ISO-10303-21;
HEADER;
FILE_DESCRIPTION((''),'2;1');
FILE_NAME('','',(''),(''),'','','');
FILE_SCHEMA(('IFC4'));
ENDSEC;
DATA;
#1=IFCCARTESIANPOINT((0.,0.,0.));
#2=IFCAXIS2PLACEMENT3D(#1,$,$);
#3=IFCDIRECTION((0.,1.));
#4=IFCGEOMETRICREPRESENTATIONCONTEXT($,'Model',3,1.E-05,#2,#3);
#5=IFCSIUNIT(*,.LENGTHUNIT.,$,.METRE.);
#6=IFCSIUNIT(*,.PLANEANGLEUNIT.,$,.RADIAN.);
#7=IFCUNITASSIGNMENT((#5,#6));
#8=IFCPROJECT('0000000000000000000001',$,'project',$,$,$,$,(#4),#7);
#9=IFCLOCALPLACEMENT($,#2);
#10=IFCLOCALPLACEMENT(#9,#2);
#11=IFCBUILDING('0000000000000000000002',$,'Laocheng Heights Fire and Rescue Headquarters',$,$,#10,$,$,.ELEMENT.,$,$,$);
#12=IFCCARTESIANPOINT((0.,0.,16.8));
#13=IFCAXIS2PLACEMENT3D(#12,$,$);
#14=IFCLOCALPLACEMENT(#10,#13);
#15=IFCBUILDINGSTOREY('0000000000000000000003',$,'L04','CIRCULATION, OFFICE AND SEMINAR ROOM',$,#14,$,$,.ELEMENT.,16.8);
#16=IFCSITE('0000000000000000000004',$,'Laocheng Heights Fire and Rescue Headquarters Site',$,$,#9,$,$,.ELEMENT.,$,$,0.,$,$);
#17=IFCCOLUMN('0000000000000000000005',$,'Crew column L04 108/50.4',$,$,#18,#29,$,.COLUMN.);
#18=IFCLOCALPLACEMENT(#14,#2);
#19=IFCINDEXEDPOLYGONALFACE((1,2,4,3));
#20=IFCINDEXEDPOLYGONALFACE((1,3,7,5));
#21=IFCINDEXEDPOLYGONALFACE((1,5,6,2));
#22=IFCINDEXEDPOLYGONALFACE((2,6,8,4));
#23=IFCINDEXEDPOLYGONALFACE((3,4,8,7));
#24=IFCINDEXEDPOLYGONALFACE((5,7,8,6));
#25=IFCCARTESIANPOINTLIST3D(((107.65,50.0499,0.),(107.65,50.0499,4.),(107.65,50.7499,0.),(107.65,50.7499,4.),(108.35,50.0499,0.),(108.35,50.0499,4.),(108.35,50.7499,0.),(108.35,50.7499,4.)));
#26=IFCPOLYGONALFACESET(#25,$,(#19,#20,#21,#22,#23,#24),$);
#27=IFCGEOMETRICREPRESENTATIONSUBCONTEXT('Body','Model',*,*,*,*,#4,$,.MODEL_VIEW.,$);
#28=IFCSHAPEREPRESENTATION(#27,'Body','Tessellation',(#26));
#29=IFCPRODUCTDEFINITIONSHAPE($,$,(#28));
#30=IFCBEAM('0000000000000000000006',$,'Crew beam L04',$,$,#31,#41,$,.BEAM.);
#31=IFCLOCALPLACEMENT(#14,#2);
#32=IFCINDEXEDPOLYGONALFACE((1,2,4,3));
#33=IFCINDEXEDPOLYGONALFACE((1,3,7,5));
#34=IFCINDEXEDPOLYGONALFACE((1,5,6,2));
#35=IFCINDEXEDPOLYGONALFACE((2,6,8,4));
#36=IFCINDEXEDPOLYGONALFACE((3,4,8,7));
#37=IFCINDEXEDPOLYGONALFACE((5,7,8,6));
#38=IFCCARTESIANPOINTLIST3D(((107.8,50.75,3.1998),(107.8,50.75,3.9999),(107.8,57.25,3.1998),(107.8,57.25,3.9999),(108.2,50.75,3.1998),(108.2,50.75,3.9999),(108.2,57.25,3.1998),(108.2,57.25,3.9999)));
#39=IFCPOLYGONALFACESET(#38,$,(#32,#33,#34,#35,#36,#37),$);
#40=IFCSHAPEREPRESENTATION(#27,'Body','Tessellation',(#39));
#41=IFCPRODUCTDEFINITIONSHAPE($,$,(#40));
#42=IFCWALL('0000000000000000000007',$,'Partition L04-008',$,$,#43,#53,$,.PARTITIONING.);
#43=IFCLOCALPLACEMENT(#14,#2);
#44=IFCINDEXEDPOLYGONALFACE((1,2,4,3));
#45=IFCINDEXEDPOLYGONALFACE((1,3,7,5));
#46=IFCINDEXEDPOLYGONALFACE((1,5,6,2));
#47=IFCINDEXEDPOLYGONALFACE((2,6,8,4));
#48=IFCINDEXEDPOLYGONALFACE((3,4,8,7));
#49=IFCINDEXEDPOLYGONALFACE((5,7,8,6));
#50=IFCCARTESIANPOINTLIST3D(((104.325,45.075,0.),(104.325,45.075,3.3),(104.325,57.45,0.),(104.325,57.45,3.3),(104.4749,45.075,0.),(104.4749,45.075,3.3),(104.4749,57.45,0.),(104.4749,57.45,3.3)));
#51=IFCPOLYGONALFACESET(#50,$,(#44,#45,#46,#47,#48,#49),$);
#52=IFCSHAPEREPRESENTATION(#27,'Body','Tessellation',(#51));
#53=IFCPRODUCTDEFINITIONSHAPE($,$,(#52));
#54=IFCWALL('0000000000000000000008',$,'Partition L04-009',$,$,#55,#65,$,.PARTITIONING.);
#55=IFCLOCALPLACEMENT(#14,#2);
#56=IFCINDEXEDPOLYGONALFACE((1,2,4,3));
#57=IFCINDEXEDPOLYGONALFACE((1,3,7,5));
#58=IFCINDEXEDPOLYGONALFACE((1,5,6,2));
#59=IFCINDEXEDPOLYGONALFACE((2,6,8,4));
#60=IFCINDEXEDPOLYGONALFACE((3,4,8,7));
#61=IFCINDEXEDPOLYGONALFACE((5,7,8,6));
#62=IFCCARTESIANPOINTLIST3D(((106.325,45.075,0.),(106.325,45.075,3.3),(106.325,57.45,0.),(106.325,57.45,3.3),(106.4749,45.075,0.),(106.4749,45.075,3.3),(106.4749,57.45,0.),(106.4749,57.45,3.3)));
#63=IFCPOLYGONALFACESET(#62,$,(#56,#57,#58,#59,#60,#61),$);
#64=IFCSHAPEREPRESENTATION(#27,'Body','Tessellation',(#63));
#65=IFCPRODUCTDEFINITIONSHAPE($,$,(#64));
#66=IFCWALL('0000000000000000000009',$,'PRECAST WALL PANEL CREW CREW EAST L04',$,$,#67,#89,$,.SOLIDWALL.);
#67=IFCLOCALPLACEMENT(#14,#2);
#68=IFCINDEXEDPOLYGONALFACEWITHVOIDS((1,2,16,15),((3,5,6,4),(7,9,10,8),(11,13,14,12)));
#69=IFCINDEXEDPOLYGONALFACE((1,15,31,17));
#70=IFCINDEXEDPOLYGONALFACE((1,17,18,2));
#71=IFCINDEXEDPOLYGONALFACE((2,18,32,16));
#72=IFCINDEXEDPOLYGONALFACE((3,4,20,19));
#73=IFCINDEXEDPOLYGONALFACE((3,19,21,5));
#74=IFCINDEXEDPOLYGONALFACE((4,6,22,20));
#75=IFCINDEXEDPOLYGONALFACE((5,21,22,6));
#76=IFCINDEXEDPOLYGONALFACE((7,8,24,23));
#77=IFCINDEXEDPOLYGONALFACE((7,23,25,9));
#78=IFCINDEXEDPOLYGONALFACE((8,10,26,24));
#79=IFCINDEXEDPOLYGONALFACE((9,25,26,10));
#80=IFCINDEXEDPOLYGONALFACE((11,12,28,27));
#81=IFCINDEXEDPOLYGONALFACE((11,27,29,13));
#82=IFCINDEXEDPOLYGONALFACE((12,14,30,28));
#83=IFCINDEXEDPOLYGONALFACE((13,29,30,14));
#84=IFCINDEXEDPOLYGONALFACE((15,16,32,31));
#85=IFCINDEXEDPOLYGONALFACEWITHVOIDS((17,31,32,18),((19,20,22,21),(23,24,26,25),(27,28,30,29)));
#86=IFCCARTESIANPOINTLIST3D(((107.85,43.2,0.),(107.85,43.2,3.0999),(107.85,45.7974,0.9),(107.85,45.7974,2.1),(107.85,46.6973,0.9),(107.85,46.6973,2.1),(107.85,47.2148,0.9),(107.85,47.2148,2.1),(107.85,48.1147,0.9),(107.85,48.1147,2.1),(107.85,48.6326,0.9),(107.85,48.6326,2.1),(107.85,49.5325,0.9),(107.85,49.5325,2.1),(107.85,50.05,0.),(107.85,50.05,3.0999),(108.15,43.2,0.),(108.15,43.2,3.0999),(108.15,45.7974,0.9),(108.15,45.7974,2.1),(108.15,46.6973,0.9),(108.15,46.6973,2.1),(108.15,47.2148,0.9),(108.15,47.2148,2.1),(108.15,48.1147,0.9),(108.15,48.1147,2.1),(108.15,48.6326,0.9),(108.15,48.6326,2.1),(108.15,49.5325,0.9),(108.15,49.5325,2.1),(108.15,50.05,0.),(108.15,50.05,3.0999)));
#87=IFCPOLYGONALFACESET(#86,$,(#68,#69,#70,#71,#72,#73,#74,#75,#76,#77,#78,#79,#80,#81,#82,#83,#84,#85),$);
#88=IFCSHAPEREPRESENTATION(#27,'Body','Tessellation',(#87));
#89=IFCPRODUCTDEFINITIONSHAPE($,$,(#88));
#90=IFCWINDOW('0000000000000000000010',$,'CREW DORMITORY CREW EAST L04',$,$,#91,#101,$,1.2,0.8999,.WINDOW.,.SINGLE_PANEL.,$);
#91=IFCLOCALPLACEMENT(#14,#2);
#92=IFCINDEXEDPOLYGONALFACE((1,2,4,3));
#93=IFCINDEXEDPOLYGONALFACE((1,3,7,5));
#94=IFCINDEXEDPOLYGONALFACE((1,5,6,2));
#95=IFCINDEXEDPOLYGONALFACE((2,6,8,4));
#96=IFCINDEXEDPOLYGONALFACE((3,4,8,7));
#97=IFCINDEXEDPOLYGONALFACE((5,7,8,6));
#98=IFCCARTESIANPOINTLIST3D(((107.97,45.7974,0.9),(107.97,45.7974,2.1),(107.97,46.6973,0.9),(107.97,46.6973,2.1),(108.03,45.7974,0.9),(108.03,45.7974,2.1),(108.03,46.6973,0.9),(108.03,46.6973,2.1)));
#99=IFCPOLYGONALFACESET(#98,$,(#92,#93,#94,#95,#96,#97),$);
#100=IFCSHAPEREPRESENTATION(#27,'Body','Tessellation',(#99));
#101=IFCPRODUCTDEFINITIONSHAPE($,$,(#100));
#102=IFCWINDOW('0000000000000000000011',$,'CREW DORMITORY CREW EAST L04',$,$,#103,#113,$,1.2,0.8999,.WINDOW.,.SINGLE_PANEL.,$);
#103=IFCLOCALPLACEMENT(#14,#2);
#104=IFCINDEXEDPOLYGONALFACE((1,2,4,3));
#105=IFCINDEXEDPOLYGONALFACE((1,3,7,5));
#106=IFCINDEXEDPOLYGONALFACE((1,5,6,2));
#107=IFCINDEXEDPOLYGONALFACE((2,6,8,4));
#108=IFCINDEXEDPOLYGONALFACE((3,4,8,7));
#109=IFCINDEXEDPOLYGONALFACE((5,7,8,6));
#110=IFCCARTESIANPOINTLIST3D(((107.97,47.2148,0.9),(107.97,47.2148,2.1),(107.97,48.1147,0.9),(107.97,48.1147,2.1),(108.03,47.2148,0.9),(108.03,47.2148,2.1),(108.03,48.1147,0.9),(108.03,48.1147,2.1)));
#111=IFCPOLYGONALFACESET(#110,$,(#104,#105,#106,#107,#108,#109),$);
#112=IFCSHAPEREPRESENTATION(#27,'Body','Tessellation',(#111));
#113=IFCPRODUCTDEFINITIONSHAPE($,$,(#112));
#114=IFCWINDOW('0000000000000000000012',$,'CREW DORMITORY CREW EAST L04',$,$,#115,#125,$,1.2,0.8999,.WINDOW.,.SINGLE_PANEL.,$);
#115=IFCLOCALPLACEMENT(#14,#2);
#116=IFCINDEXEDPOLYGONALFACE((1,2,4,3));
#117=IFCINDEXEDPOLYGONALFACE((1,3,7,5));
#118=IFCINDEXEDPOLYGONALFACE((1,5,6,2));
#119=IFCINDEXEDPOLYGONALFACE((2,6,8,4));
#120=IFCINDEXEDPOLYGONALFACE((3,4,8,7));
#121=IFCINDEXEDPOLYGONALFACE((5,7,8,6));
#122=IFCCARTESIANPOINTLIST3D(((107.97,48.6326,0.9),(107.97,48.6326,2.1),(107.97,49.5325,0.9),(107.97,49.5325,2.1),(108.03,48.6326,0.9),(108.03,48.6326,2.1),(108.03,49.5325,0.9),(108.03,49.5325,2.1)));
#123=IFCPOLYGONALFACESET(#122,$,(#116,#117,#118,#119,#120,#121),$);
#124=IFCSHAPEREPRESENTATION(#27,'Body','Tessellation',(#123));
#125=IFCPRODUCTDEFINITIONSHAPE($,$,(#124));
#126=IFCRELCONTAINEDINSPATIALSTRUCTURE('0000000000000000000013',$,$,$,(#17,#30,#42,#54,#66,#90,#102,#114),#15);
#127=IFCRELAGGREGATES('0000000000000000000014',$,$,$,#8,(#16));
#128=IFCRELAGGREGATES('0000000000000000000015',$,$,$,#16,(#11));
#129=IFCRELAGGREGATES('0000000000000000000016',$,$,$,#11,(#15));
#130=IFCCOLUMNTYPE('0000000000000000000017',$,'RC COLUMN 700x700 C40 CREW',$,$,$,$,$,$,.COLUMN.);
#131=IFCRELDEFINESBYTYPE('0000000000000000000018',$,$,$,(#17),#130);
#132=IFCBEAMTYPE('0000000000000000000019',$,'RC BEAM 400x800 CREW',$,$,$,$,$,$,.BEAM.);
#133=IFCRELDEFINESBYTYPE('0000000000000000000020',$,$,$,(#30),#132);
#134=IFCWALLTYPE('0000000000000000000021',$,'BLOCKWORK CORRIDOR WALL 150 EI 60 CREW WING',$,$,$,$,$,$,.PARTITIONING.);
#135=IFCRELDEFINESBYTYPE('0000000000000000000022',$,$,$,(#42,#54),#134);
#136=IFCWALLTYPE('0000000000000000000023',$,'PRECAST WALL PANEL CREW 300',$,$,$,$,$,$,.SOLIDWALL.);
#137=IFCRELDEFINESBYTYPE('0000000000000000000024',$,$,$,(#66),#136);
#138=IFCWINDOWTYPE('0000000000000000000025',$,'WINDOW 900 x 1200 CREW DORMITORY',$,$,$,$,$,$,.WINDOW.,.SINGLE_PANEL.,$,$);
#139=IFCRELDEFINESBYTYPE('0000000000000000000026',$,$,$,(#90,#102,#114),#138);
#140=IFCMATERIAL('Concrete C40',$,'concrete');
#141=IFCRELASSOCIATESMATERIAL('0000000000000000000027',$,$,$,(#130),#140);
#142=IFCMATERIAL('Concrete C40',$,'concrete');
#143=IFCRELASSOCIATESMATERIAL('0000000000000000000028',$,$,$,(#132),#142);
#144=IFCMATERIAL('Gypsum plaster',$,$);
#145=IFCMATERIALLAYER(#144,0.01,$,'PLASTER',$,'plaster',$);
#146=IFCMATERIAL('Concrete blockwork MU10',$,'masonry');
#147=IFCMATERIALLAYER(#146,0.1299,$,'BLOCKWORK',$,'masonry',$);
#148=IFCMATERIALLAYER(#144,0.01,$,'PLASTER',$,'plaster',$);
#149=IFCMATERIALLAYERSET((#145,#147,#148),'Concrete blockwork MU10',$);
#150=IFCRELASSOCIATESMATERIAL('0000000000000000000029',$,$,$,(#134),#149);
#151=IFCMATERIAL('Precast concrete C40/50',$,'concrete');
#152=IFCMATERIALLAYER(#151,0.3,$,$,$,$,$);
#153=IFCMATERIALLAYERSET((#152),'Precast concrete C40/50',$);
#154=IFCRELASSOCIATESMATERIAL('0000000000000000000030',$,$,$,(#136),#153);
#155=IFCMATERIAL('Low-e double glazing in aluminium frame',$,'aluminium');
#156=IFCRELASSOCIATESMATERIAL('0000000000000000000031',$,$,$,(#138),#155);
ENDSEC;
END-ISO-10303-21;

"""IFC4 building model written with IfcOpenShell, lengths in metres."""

from ifc_helpers import new_model, si_unit, direction, frame, frame_2d, origin, origin_2d, place, context, subcontext, project, spatial, rectangle, extrude, material, layer, layer_set, material_profile, profile_set, type_object, element, fill, save


model = new_model("IFC4")

# Units and contexts
model_context = context("Model", 3, precision=1e-05, world=origin(), true_north=direction((0.0, 1.0)))
body_context = subcontext(model_context, "Body", "Model", "MODEL_VIEW")
ifc_project = project(units=[si_unit("LENGTHUNIT", "METRE"), si_unit("PLANEANGLEUNIT", "RADIAN")], contexts=[model_context])

# Site, building, storey
site_placement = place(None, origin())
site = spatial("IfcSite", under=ifc_project, at=site_placement, Name="Laocheng Heights Fire and Rescue Headquarters Site", CompositionType="ELEMENT", RefElevation=0.0)
building_placement = place(site_placement, origin())
building = spatial("IfcBuilding", under=site, at=building_placement, Name="Laocheng Heights Fire and Rescue Headquarters", CompositionType="ELEMENT")
storey_placement = place(building_placement, frame((0.0, 0.0, 16.8)))
storey = spatial("IfcBuildingStorey", under=building, at=storey_placement, Name="L04", Description="CIRCULATION, OFFICE AND SEMINAR ROOM", CompositionType="ELEMENT", Elevation=16.8)

# Column
ifc_material_1 = material(Name="Concrete C40", Category="concrete")
ifc_material_profile_1 = material_profile(ifc_material_1, rectangle(XDim=0.7, YDim=0.7, at=origin_2d()), Name="RC COLUMN 700x700 C40 CREW")
ifc_profile_set_1 = profile_set([ifc_material_profile_1], Name="Concrete C40")
column_type = type_object("IfcColumnType", Name="RC COLUMN 700x700 C40 CREW", PredefinedType="COLUMN", material=ifc_profile_set_1)
column_placement = place(storey_placement, frame((108.0, 50.3999, 0.0), z_axis=(0.0, 0.0, 1.0), x_axis=(1.0, 0.0, 0.0)))
element("IfcColumn", 1, at=column_placement, inside=storey, type_object=column_type, Name="Crew column L04 108/50.4", PredefinedType="COLUMN", context=body_context, shape_type="SweptSolid", body=[
    extrude(rectangle(XDim=0.7, YDim=0.7, at=origin_2d()), origin(), (0.0, 0.0, 1.0), 4.0),
])

# Beam
ifc_material_2 = material(Name="Concrete C40", Category="concrete")
ifc_material_profile_2 = material_profile(ifc_material_2, rectangle(XDim=0.3999, YDim=0.8, at=origin_2d()), Name="RC BEAM 400x800 CREW")
ifc_profile_set_2 = profile_set([ifc_material_profile_2], Name="Concrete C40")
beam_type = type_object("IfcBeamType", Name="RC BEAM 400x800 CREW", PredefinedType="BEAM", material=ifc_profile_set_2)
beam_placement = place(storey_placement, frame((108.0, 50.75, 3.5999), z_axis=(0.0, 1.0, 0.0), x_axis=(-1.0, 0.0, 0.0)))
element("IfcBeam", 2, at=beam_placement, inside=storey, type_object=beam_type, Name="Crew beam L04", PredefinedType="BEAM", context=body_context, shape_type="SweptSolid", body=[
    extrude(rectangle(XDim=0.3999, YDim=0.8, at=origin_2d()), origin(), (0.0, 0.0, 1.0), 6.5),
])

# Walls
ifc_material_3 = material(Name="Gypsum plaster")
ifc_layer_1 = layer(ifc_material_3, 0.01, Name="PLASTER", Category="plaster")
ifc_material_4 = material(Name="Concrete blockwork MU10", Category="masonry")
ifc_layer_2 = layer(ifc_material_4, 0.1299, Name="BLOCKWORK", Category="masonry")
ifc_layer_3 = layer(ifc_material_3, 0.01, Name="PLASTER", Category="plaster")
ifc_layer_set_1 = layer_set([ifc_layer_1, ifc_layer_2, ifc_layer_3], Name="Concrete blockwork MU10")
wall_type_1 = type_object("IfcWallType", Name="BLOCKWORK CORRIDOR WALL 150 EI 60 CREW WING", PredefinedType="PARTITIONING", material=ifc_layer_set_1)
for number, where, z_axis, x_axis, name in (
    (3, (104.3999, 45.075, 0.0), (0.0, 0.0, 1.0), (0.0, 1.0, 0.0), "Partition L04-008"),
    (4, (106.3999, 45.075, 0.0), (0.0, 0.0, 1.0), (0.0, 1.0, 0.0), "Partition L04-009"),
):
    element("IfcWall", number, at=place(storey_placement, frame(where, z_axis=z_axis, x_axis=x_axis)), inside=storey, type_object=wall_type_1, Name=name, PredefinedType="PARTITIONING", context=body_context, shape_type="SweptSolid", body=[
        extrude(rectangle(XDim=12.375, YDim=0.1499, at=frame_2d((6.1875, 0.0))), origin(), (0.0, 0.0, 1.0), 3.3),
    ])

# Wall, openings, windows
ifc_material_5 = material(Name="Precast concrete C40/50", Category="concrete")
ifc_layer_4 = layer(ifc_material_5, 0.3)
ifc_layer_set_2 = layer_set([ifc_layer_4], Name="Precast concrete C40/50")
wall_type_2 = type_object("IfcWallType", Name="PRECAST WALL PANEL CREW 300", PredefinedType="SOLIDWALL", material=ifc_layer_set_2)
wall_1_placement = place(storey_placement, frame((108.0, 43.2, 0.0), z_axis=(0.0, 0.0, 1.0), x_axis=(0.0, 1.0, 0.0)))
wall_1 = element("IfcWall", 5, at=wall_1_placement, inside=storey, type_object=wall_type_2, Name="PRECAST WALL PANEL CREW CREW EAST L04", PredefinedType="SOLIDWALL", context=body_context, shape_type="SweptSolid", body=[
    extrude(rectangle(XDim=6.8501, YDim=0.3, at=frame_2d((3.425, 0.0))), origin(), (0.0, 0.0, 1.0), 3.0999),
])
opening_1_placement = place(wall_1_placement, frame((2.5974, 0.0, 0.8999)))
opening_1 = element("IfcOpeningElement", 6, at=opening_1_placement, cuts=wall_1, PredefinedType="OPENING", context=body_context, shape_type="SweptSolid", body=[
    extrude(rectangle(XDim=0.8999, YDim=1.2, at=frame_2d((0.45, 0.6001))), frame((0.0, 0.1599, 0.0), z_axis=(0.0, -1.0, 0.0), x_axis=(1.0, 0.0, 0.0)), (0.0, 0.0, 1.0), 0.3201),
])
opening_2_placement = place(wall_1_placement, frame((4.0149, 0.0, 0.8999)))
opening_2 = element("IfcOpeningElement", 7, at=opening_2_placement, cuts=wall_1, PredefinedType="OPENING", context=body_context, shape_type="SweptSolid", body=[
    extrude(rectangle(XDim=0.8999, YDim=1.2, at=frame_2d((0.45, 0.6001))), frame((0.0, 0.1599, 0.0), z_axis=(0.0, -1.0, 0.0), x_axis=(1.0, 0.0, 0.0)), (0.0, 0.0, 1.0), 0.3201),
])
opening_3_placement = place(wall_1_placement, frame((5.4326, 0.0, 0.8999)))
opening_3 = element("IfcOpeningElement", 8, at=opening_3_placement, cuts=wall_1, PredefinedType="OPENING", context=body_context, shape_type="SweptSolid", body=[
    extrude(rectangle(XDim=0.8999, YDim=1.2, at=frame_2d((0.45, 0.6001))), frame((0.0, 0.1599, 0.0), z_axis=(0.0, -1.0, 0.0), x_axis=(1.0, 0.0, 0.0)), (0.0, 0.0, 1.0), 0.3201),
])
ifc_material_6 = material(Name="Low-e double glazing in aluminium frame", Category="aluminium")
window_type = type_object("IfcWindowType", Name="WINDOW 900 x 1200 CREW DORMITORY", PartitioningType="SINGLE_PANEL", PredefinedType="WINDOW", material=ifc_material_6)
window_1_placement = place(opening_1_placement, origin())
window_1 = element("IfcWindow", 9, at=window_1_placement, inside=storey, type_object=window_type, Name="CREW DORMITORY CREW EAST L04", OverallHeight=1.2, OverallWidth=0.8999, PartitioningType="SINGLE_PANEL", PredefinedType="WINDOW", context=body_context, shape_type="SweptSolid", body=[
    extrude(rectangle(XDim=0.8999, YDim=1.2, at=frame_2d((0.45, 0.6001))), frame((0.0, 0.03, 0.0), z_axis=(0.0, -1.0, 0.0), x_axis=(1.0, 0.0, 0.0)), (0.0, 0.0, 1.0), 0.0601),
])
fill(opening_1, window_1)
window_2_placement = place(opening_2_placement, origin())
window_2 = element("IfcWindow", 10, at=window_2_placement, inside=storey, type_object=window_type, Name="CREW DORMITORY CREW EAST L04", OverallHeight=1.2, OverallWidth=0.8999, PartitioningType="SINGLE_PANEL", PredefinedType="WINDOW", context=body_context, shape_type="SweptSolid", body=[
    extrude(rectangle(XDim=0.8999, YDim=1.2, at=frame_2d((0.45, 0.6001))), frame((0.0, 0.03, 0.0), z_axis=(0.0, -1.0, 0.0), x_axis=(1.0, 0.0, 0.0)), (0.0, 0.0, 1.0), 0.0601),
])
fill(opening_2, window_2)
window_3_placement = place(opening_3_placement, origin())
window_3 = element("IfcWindow", 11, at=window_3_placement, inside=storey, type_object=window_type, Name="CREW DORMITORY CREW EAST L04", OverallHeight=1.2, OverallWidth=0.8999, PartitioningType="SINGLE_PANEL", PredefinedType="WINDOW", context=body_context, shape_type="SweptSolid", body=[
    extrude(rectangle(XDim=0.8999, YDim=1.2, at=frame_2d((0.45, 0.6001))), frame((0.0, 0.03, 0.0), z_axis=(0.0, -1.0, 0.0), x_axis=(1.0, 0.0, 0.0)), (0.0, 0.0, 1.0), 0.0601),
])
fill(opening_3, window_3)

save(model, "model.ifc")
